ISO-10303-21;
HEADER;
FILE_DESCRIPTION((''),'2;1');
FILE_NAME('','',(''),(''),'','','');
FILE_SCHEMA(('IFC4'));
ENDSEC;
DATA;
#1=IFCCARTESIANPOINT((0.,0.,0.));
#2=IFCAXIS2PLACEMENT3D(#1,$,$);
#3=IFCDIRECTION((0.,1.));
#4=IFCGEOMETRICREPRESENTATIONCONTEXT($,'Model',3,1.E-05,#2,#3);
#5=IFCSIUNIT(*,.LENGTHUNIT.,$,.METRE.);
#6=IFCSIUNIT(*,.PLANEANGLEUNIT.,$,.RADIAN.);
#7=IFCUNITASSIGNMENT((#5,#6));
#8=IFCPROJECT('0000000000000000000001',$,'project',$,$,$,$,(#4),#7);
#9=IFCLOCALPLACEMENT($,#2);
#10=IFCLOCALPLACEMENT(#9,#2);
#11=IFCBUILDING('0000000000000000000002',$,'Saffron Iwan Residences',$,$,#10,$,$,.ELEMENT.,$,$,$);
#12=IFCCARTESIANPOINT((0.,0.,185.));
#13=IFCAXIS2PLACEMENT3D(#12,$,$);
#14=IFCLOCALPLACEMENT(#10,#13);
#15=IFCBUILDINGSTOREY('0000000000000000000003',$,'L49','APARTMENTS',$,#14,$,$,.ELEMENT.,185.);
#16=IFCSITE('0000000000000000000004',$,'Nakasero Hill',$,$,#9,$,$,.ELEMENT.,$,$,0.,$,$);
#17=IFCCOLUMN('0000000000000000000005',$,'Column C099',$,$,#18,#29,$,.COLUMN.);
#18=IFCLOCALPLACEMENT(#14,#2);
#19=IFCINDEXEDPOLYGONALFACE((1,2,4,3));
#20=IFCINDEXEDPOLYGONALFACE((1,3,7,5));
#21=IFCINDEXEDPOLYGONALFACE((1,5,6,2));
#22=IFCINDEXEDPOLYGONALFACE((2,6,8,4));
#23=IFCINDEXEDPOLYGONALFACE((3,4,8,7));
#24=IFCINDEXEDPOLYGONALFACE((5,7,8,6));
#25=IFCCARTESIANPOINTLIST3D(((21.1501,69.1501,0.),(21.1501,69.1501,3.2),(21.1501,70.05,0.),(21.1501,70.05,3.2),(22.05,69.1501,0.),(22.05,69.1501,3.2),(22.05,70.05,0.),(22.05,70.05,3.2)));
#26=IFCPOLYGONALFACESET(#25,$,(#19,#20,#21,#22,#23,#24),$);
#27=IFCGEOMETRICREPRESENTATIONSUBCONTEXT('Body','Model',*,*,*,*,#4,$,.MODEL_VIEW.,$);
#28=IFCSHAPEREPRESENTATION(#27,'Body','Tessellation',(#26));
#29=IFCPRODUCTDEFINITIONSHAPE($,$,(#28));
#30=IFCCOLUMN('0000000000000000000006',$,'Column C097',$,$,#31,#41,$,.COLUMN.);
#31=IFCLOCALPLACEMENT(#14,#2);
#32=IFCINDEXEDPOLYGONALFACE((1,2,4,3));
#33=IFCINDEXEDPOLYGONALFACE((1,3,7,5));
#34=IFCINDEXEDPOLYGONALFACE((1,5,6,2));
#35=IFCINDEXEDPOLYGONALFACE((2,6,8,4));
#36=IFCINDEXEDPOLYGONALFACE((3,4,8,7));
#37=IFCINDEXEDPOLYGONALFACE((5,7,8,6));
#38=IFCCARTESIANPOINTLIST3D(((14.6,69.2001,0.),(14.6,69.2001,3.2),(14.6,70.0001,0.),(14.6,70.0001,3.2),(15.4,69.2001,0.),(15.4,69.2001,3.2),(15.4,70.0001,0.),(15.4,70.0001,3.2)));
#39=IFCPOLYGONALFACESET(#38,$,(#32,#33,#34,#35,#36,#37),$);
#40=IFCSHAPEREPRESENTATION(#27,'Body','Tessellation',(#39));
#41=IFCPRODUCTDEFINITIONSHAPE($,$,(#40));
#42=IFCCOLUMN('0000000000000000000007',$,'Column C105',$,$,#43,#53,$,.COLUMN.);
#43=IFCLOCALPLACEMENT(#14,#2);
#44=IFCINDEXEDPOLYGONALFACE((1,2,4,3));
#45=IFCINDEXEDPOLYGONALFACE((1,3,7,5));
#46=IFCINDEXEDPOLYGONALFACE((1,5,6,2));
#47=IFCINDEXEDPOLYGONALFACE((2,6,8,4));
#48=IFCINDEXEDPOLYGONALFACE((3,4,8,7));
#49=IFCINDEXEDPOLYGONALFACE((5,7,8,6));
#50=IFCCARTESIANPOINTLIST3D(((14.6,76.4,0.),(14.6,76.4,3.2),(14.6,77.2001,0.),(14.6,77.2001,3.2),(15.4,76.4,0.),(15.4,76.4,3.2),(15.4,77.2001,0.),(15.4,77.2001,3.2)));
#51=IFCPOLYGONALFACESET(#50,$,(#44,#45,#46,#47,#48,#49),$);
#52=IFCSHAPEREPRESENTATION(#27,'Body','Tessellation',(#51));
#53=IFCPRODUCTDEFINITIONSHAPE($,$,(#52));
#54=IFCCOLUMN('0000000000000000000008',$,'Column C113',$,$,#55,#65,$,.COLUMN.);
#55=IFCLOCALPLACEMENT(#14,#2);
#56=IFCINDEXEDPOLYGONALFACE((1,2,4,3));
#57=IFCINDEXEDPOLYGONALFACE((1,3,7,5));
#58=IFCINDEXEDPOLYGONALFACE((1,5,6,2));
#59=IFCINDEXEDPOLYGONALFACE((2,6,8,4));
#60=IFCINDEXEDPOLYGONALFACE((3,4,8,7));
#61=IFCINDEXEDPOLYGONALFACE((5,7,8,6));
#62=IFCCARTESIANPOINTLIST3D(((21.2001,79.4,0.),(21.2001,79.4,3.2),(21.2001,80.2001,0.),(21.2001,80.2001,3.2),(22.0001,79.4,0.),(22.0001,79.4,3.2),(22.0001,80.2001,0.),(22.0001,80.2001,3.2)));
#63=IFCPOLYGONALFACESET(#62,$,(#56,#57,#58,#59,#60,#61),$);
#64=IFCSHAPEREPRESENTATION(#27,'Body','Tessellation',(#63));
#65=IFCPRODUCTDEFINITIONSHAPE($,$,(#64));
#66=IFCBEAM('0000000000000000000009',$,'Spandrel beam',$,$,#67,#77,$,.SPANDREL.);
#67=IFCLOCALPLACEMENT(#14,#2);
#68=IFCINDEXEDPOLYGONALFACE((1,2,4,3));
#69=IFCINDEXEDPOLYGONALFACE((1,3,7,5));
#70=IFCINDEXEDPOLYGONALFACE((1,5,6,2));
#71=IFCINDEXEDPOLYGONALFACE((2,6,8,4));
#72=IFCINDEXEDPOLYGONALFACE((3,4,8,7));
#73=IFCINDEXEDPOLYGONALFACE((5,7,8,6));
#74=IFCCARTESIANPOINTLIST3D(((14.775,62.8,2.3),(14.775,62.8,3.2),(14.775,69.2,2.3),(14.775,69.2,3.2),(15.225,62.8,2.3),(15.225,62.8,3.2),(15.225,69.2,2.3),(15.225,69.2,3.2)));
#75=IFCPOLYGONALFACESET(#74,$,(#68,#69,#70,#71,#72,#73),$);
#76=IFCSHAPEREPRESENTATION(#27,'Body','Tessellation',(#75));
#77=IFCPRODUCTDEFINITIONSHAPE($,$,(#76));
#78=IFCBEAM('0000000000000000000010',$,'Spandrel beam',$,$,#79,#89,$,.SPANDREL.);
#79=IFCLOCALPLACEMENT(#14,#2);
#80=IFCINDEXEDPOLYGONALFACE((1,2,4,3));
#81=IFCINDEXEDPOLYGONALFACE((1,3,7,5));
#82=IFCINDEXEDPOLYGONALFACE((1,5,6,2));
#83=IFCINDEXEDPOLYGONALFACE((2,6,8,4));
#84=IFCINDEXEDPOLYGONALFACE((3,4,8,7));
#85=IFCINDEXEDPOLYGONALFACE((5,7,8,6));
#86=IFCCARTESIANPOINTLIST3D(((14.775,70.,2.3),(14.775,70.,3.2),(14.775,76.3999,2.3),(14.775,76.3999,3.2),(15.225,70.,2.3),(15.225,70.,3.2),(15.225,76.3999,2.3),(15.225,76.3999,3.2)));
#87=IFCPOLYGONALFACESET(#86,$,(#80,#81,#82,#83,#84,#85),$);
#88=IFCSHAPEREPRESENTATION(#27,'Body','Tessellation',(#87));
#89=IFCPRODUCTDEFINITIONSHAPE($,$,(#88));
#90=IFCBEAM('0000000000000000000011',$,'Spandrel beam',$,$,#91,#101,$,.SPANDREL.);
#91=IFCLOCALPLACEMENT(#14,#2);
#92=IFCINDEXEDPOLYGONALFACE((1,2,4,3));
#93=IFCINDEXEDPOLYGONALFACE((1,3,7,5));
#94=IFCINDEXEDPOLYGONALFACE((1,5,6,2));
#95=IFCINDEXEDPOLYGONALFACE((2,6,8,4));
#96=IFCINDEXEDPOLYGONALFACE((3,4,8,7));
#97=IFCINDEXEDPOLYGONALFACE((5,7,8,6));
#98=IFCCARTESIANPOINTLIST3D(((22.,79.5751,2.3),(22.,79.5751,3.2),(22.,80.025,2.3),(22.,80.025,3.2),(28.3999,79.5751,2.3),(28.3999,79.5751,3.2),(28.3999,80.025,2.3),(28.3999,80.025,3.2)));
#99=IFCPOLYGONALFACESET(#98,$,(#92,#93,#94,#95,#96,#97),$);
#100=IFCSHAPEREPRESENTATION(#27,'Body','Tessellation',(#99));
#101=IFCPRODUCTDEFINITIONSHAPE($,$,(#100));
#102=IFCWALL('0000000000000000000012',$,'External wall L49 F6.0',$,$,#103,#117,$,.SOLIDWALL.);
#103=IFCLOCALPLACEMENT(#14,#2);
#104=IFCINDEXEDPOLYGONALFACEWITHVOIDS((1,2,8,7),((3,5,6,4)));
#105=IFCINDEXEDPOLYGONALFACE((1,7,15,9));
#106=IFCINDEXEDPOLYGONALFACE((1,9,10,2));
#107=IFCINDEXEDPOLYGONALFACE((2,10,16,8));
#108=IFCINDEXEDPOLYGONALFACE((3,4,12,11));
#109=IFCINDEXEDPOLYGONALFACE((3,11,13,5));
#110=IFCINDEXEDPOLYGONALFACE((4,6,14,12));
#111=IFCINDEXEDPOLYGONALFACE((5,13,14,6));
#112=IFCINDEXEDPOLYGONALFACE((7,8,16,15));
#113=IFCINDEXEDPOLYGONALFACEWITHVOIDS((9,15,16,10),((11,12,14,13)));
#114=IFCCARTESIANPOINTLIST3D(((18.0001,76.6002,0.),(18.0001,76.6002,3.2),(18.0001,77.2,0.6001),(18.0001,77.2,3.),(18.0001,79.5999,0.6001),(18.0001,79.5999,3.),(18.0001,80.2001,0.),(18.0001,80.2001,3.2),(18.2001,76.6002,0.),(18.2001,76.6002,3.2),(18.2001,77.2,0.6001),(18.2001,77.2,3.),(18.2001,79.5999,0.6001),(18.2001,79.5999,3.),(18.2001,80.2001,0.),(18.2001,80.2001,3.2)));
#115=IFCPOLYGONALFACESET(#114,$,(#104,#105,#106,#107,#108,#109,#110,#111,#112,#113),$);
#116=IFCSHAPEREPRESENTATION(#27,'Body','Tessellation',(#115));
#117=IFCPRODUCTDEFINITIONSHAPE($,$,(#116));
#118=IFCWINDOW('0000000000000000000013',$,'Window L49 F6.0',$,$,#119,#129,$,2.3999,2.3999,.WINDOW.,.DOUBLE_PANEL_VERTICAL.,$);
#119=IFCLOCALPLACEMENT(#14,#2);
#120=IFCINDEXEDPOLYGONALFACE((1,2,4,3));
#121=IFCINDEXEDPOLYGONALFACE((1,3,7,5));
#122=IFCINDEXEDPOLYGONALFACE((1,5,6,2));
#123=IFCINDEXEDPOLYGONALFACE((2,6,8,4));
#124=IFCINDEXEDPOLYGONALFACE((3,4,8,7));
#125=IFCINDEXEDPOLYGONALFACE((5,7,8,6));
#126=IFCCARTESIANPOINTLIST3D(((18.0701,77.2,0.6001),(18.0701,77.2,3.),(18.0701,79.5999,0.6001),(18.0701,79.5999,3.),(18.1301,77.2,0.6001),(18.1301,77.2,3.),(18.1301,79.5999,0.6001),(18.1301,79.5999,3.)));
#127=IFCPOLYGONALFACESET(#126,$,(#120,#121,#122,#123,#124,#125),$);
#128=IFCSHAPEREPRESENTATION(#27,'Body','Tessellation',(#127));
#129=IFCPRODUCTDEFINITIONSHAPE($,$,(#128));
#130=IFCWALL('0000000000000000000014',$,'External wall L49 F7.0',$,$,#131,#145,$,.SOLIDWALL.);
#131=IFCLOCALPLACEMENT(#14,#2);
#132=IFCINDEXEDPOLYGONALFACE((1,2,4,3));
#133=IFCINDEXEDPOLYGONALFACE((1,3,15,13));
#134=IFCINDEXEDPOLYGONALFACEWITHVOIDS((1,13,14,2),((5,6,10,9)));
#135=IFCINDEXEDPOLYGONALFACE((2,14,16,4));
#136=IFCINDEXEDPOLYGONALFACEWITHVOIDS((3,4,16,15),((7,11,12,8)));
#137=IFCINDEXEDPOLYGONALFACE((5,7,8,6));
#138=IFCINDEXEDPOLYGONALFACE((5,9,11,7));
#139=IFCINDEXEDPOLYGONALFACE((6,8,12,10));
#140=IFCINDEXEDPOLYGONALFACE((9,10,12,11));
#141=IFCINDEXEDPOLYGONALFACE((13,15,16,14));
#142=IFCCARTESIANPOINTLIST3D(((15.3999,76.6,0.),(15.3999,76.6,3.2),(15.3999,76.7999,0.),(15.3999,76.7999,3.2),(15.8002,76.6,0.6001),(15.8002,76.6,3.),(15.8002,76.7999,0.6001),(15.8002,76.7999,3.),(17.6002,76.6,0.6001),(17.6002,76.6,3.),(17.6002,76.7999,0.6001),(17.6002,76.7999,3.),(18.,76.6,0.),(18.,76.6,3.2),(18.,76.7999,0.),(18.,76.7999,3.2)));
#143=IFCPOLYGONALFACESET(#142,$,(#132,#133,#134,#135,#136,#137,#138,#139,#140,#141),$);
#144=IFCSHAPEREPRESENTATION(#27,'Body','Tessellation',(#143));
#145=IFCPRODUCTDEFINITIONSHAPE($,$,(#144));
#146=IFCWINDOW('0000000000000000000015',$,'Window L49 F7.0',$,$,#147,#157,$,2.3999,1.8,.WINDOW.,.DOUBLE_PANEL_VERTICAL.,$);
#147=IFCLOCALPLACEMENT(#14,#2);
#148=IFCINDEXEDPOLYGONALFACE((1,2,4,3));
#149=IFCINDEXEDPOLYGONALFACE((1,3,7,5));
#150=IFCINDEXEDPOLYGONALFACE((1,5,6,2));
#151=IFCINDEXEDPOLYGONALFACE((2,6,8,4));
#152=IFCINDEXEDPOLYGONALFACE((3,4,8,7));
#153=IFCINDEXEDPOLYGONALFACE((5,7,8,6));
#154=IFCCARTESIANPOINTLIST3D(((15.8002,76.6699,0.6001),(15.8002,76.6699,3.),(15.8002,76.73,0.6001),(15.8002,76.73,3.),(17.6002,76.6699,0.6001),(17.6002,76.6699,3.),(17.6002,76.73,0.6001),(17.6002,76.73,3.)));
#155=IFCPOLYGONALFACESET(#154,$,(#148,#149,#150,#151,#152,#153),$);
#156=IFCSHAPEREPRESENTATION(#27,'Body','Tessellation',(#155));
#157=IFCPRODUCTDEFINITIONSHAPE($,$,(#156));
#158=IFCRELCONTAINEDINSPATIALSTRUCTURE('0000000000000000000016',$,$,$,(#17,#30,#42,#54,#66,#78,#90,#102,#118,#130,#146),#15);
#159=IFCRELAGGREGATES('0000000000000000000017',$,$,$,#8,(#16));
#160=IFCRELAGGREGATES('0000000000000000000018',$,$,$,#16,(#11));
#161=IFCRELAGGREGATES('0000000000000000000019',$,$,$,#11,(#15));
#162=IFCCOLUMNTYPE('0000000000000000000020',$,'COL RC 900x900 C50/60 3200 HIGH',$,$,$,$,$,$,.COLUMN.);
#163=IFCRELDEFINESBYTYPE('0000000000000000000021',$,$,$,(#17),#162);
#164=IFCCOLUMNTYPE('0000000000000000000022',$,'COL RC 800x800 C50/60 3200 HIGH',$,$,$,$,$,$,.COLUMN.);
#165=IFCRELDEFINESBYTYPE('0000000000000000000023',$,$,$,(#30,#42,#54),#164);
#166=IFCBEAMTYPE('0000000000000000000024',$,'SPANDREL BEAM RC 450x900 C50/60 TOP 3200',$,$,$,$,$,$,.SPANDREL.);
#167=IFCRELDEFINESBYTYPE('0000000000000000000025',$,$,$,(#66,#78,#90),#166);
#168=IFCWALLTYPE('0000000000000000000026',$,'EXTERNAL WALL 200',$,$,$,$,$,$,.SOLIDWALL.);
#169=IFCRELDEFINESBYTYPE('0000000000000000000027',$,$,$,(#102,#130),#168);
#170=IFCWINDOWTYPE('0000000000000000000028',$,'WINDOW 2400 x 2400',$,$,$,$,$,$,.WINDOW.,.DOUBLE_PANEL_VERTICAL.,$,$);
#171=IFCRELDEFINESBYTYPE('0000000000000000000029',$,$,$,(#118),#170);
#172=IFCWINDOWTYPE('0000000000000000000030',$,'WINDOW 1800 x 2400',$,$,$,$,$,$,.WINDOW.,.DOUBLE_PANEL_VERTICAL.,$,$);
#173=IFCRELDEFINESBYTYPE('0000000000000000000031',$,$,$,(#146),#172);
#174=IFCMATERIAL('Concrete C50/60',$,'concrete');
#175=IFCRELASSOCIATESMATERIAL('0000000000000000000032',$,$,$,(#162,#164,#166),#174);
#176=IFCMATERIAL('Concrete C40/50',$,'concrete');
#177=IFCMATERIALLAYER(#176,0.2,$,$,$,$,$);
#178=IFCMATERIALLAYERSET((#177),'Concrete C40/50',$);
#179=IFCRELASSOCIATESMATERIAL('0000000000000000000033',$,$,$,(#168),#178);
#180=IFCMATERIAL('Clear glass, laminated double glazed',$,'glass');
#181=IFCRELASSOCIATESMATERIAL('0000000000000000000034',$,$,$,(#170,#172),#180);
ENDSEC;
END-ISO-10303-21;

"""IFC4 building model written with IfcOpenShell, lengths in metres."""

from ifc_helpers import new_model, si_unit, direction, frame, frame_2d, origin, origin_2d, place, context, subcontext, project, spatial, rectangle, extrude, source, transform, mapped, material, layer, layer_set, material_profile, profile_set, type_object, element, fill, save


model = new_model("IFC4")

# Units and contexts
model_context = context("Model", 3, precision=1e-05, world=origin(), true_north=direction((0.0, 1.0)))
body_context = subcontext(model_context, "Body", "Model", "MODEL_VIEW")
ifc_project = project(units=[si_unit("LENGTHUNIT", "METRE"), si_unit("PLANEANGLEUNIT", "RADIAN")], contexts=[model_context])

# Site, building, storey
site_placement = place(None, origin())
site = spatial("IfcSite", under=ifc_project, at=site_placement, Name="Nakasero Hill", CompositionType="ELEMENT", RefElevation=0.0)
building_placement = place(site_placement, origin())
building = spatial("IfcBuilding", under=site, at=building_placement, Name="Saffron Iwan Residences", CompositionType="ELEMENT")
storey_placement = place(building_placement, frame((0.0, 0.0, 185.0)))
storey = spatial("IfcBuildingStorey", under=building, at=storey_placement, Name="L49", Description="APARTMENTS", CompositionType="ELEMENT", Elevation=185.0)

# Columns
ifc_material_1 = material(Name="Concrete C50/60", Category="concrete")
ifc_material_profile_1 = material_profile(ifc_material_1, rectangle(XDim=0.8999, YDim=0.8999, at=origin_2d()), Name="RC 900x900")
ifc_profile_set_1 = profile_set([ifc_material_profile_1], Name="Concrete C50/60")
column_type_1 = type_object("IfcColumnType", Name="COL RC 900x900 C50/60 3200 HIGH", PredefinedType="COLUMN", material=ifc_profile_set_1)
shared_shape_1 = source(origin(), body_context, "Body", "SweptSolid", [
    extrude(rectangle(XDim=0.8999, YDim=0.8999, at=origin_2d()), origin(), (0.0, 0.0, 1.0), 3.2),
])
column_placement = place(storey_placement, frame((21.6001, 69.6001, 0.0), z_axis=(0.0, 0.0, 1.0), x_axis=(1.0, 0.0, 0.0)))
element("IfcColumn", 1, at=column_placement, inside=storey, type_object=column_type_1, Name="Column C099", PredefinedType="COLUMN", context=body_context, shape_type="MappedRepresentation", body=[
    mapped(shared_shape_1, transform((0.0, 0.0, 0.0))),
])
ifc_material_profile_2 = material_profile(ifc_material_1, rectangle(XDim=0.8, YDim=0.8, at=origin_2d()), Name="RC 800x800")
ifc_profile_set_2 = profile_set([ifc_material_profile_2], Name="Concrete C50/60")
column_type_2 = type_object("IfcColumnType", Name="COL RC 800x800 C50/60 3200 HIGH", PredefinedType="COLUMN", material=ifc_profile_set_2)
shared_shape_2 = source(origin(), body_context, "Body", "SweptSolid", [
    extrude(rectangle(XDim=0.8, YDim=0.8, at=origin_2d()), origin(), (0.0, 0.0, 1.0), 3.2),
])
for number, where, z_axis, x_axis, name in (
    (2, (15.0, 69.6001, 0.0), (0.0, 0.0, 1.0), (1.0, 0.0, 0.0), "Column C097"),
    (3, (15.0, 76.8, 0.0), (0.0, 0.0, 1.0), (1.0, 0.0, 0.0), "Column C105"),
    (4, (21.6001, 79.8, 0.0), (0.0, 0.0, 1.0), (1.0, 0.0, 0.0), "Column C113"),
):
    element("IfcColumn", number, at=place(storey_placement, frame(where, z_axis=z_axis, x_axis=x_axis)), inside=storey, type_object=column_type_2, Name=name, PredefinedType="COLUMN", context=body_context, shape_type="MappedRepresentation", body=[
        mapped(shared_shape_2, transform((0.0, 0.0, 0.0))),
    ])

# Beams
ifc_material_profile_3 = material_profile(ifc_material_1, rectangle(XDim=0.45, YDim=0.8999, at=origin_2d()), Name="RC 450x900")
ifc_profile_set_3 = profile_set([ifc_material_profile_3], Name="Concrete C50/60")
beam_type = type_object("IfcBeamType", Name="SPANDREL BEAM RC 450x900 C50/60 TOP 3200", PredefinedType="SPANDREL", material=ifc_profile_set_3)
shared_shape_3 = source(origin(), body_context, "Body", "SweptSolid", [
    extrude(rectangle(XDim=0.45, YDim=0.8999, at=origin_2d()), origin(), (0.0, 0.0, 1.0), 6.3999),
])
for number, where, z_axis, x_axis, name in (
    (5, (15.0, 62.8, 2.75), (0.0, 1.0, 0.0), (-1.0, 0.0, 0.0), "Spandrel beam"),
    (6, (15.0, 70.0, 2.75), (0.0, 1.0, 0.0), (-1.0, 0.0, 0.0), "Spandrel beam"),
    (7, (22.0, 79.8, 2.75), (1.0, 0.0, 0.0), (0.0, 1.0, 0.0), "Spandrel beam"),
):
    element("IfcBeam", number, at=place(storey_placement, frame(where, z_axis=z_axis, x_axis=x_axis)), inside=storey, type_object=beam_type, Name=name, PredefinedType="SPANDREL", context=body_context, shape_type="MappedRepresentation", body=[
        mapped(shared_shape_3, transform((0.0, 0.0, 0.0))),
    ])

# Walls, openings, windows
ifc_material_2 = material(Name="Concrete C40/50", Category="concrete")
ifc_layer_1 = layer(ifc_material_2, 0.2)
ifc_layer_set_1 = layer_set([ifc_layer_1], Name="Concrete C40/50")
wall_type_1 = type_object("IfcWallType", Name="EXTERNAL WALL 200", PredefinedType="SOLIDWALL", material=ifc_layer_set_1)
wall_1_placement = place(storey_placement, frame((18.1001, 80.2, 0.0), z_axis=(0.0, 0.0, 1.0), x_axis=(0.0, -1.0, 0.0)))
wall_1 = element("IfcWall", 8, at=wall_1_placement, inside=storey, type_object=wall_type_1, Name="External wall L49 F6.0", PredefinedType="SOLIDWALL", context=body_context, shape_type="SweptSolid", body=[
    extrude(rectangle(XDim=3.5999, YDim=0.2, at=frame_2d((1.7998, 0.0))), origin(), (0.0, 0.0, 1.0), 3.2),
])
opening_1_placement = place(wall_1_placement, frame((0.6001, 0.0, 0.6001)))
opening_1 = element("IfcOpeningElement", 9, at=opening_1_placement, cuts=wall_1, PredefinedType="OPENING", context=body_context, shape_type="SweptSolid", body=[
    extrude(rectangle(XDim=2.3999, YDim=2.3999, at=frame_2d((1.2, 1.2))), frame((0.0, 0.1099, 0.0), z_axis=(0.0, -1.0, 0.0), x_axis=(1.0, 0.0, 0.0)), (0.0, 0.0, 1.0), 0.22),
])
ifc_material_3 = material(Name="Clear glass, laminated double glazed", Category="glass")
window_type_1 = type_object("IfcWindowType", Name="WINDOW 2400 x 2400", PartitioningType="DOUBLE_PANEL_VERTICAL", PredefinedType="WINDOW", material=ifc_material_3)
window_1_placement = place(opening_1_placement, origin())
window_1 = element("IfcWindow", 10, at=window_1_placement, inside=storey, type_object=window_type_1, Name="Window L49 F6.0", OverallHeight=2.3999, OverallWidth=2.3999, PartitioningType="DOUBLE_PANEL_VERTICAL", PredefinedType="WINDOW", context=body_context, shape_type="SweptSolid", body=[
    extrude(rectangle(XDim=2.3999, YDim=2.3999, at=frame_2d((1.2, 1.2))), frame((0.0, 0.03, 0.0), z_axis=(0.0, -1.0, 0.0), x_axis=(1.0, 0.0, 0.0)), (0.0, 0.0, 1.0), 0.0601),
])
fill(opening_1, window_1)
wall_2_placement = place(storey_placement, frame((18.0, 76.7, 0.0), z_axis=(0.0, 0.0, 1.0), x_axis=(-1.0, 0.0, 0.0)))
wall_2 = element("IfcWall", 11, at=wall_2_placement, inside=storey, type_object=wall_type_1, Name="External wall L49 F7.0", PredefinedType="SOLIDWALL", context=body_context, shape_type="SweptSolid", body=[
    extrude(rectangle(XDim=2.6001, YDim=0.2, at=frame_2d((1.3, 0.0))), origin(), (0.0, 0.0, 1.0), 3.2),
])
opening_2_placement = place(wall_2_placement, frame((0.3999, 0.0, 0.6001)))
opening_2 = element("IfcOpeningElement", 12, at=opening_2_placement, cuts=wall_2, PredefinedType="OPENING", context=body_context, shape_type="SweptSolid", body=[
    extrude(rectangle(XDim=1.8, YDim=2.3999, at=frame_2d((0.8999, 1.2))), frame((0.0, 0.1099, 0.0), z_axis=(0.0, -1.0, 0.0), x_axis=(1.0, 0.0, 0.0)), (0.0, 0.0, 1.0), 0.22),
])
window_type_2 = type_object("IfcWindowType", Name="WINDOW 1800 x 2400", PartitioningType="DOUBLE_PANEL_VERTICAL", PredefinedType="WINDOW", material=ifc_material_3)
window_2_placement = place(opening_2_placement, origin())
window_2 = element("IfcWindow", 13, at=window_2_placement, inside=storey, type_object=window_type_2, Name="Window L49 F7.0", OverallHeight=2.3999, OverallWidth=1.8, PartitioningType="DOUBLE_PANEL_VERTICAL", PredefinedType="WINDOW", context=body_context, shape_type="SweptSolid", body=[
    extrude(rectangle(XDim=1.8, YDim=2.3999, at=frame_2d((0.8999, 1.2))), frame((0.0, 0.03, 0.0), z_axis=(0.0, -1.0, 0.0), x_axis=(1.0, 0.0, 0.0)), (0.0, 0.0, 1.0), 0.0601),
])
fill(opening_2, window_2)

save(model, "model.ifc")
